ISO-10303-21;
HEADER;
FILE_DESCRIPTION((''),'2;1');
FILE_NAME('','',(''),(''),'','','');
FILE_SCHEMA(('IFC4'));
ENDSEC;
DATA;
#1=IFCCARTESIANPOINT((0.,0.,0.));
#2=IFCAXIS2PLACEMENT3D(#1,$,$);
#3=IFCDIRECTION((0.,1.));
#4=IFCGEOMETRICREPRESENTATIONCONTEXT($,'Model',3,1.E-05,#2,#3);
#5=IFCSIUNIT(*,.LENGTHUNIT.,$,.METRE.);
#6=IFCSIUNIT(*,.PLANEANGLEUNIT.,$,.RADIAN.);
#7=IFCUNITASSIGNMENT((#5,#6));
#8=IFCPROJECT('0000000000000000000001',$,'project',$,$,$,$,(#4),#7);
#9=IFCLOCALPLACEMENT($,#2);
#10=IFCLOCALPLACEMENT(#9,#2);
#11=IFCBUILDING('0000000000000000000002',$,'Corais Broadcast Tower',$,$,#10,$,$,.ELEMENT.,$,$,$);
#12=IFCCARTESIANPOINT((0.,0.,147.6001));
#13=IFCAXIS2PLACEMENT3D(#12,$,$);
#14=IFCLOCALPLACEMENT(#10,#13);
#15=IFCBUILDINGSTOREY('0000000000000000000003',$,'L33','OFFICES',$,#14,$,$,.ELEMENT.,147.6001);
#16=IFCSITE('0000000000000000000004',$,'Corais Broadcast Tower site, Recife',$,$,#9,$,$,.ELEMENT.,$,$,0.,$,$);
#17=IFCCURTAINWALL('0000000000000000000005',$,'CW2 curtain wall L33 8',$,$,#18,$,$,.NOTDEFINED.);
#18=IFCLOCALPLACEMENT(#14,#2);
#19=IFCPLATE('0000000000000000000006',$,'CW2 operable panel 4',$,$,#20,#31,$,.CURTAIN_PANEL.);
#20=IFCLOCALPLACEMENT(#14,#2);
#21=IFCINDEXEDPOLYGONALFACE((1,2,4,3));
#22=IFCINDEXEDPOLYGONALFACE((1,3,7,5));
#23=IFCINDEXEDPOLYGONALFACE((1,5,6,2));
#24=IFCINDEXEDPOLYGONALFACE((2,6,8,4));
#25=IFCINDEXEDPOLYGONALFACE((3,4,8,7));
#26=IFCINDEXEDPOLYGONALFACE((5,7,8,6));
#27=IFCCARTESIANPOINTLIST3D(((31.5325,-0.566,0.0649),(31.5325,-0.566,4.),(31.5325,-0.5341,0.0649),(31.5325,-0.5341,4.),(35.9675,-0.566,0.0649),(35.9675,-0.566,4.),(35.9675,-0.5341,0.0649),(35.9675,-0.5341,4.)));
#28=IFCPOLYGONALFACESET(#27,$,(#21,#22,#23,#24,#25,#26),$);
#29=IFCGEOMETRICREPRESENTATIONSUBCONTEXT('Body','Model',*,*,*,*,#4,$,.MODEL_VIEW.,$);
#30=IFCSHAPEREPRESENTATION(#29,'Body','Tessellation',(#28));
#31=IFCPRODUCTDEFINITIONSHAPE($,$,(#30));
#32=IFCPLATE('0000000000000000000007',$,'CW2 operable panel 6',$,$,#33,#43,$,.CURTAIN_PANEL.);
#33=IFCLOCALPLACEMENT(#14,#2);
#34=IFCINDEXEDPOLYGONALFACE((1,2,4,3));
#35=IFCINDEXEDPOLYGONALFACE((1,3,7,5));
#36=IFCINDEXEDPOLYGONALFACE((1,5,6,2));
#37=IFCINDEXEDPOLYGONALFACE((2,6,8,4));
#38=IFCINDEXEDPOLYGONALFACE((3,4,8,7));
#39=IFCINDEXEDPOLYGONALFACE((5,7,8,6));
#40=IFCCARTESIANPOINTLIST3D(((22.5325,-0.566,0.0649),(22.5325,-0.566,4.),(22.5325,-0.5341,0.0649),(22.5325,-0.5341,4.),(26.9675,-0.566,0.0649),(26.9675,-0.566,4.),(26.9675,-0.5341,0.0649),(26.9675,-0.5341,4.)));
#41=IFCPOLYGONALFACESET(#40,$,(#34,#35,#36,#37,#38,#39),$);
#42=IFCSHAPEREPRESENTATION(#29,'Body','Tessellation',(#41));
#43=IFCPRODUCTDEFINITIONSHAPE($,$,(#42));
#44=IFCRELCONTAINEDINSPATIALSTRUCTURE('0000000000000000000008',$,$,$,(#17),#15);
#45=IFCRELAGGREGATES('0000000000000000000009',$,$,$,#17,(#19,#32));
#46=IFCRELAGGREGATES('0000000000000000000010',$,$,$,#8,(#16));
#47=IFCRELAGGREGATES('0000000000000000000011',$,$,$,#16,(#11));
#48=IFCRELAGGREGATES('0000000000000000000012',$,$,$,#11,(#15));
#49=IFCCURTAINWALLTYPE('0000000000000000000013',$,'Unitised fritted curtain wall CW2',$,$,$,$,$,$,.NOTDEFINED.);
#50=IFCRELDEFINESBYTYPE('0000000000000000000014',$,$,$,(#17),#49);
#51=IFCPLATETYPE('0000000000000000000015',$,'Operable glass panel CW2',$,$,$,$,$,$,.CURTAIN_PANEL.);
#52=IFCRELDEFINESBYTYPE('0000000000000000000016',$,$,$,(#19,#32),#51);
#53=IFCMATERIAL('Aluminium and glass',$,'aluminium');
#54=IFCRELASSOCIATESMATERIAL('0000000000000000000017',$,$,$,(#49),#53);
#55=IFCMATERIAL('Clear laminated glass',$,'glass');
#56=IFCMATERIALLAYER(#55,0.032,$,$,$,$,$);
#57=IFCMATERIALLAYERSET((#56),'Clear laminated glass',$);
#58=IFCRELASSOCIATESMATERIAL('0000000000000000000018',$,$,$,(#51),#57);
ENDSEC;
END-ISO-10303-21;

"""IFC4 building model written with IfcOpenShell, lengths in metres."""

from ifc_helpers import new_model, si_unit, direction, frame, origin, origin_2d, place, context, subcontext, project, spatial, rectangle, extrude, material, layer, layer_set, type_object, element, aggregate, save


model = new_model("IFC4")

# Units and contexts
model_context = context("Model", 3, precision=1e-05, world=origin(), true_north=direction((0.0, 1.0)))
body_context = subcontext(model_context, "Body", "Model", "MODEL_VIEW")
ifc_project = project(units=[si_unit("LENGTHUNIT", "METRE"), si_unit("PLANEANGLEUNIT", "RADIAN")], contexts=[model_context])

# Site, building, storey
site_placement = place(None, origin())
site = spatial("IfcSite", under=ifc_project, at=site_placement, Name="Corais Broadcast Tower site, Recife", CompositionType="ELEMENT", RefElevation=0.0)
building_placement = place(site_placement, origin())
building = spatial("IfcBuilding", under=site, at=building_placement, Name="Corais Broadcast Tower", CompositionType="ELEMENT")
storey_placement = place(building_placement, frame((0.0, 0.0, 147.6001)))
storey = spatial("IfcBuildingStorey", under=building, at=storey_placement, Name="L33", Description="OFFICES", CompositionType="ELEMENT", Elevation=147.6001)

# Curtain wall
ifc_material_1 = material(Name="Aluminium and glass", Category="aluminium")
curtain_wall_type = type_object("IfcCurtainWallType", Name="Unitised fritted curtain wall CW2", PredefinedType="NOTDEFINED", material=ifc_material_1)
curtain_wall_placement = place(storey_placement, origin())
curtain_wall = element("IfcCurtainWall", 1, at=curtain_wall_placement, inside=storey, type_object=curtain_wall_type, Name="CW2 curtain wall L33 8", PredefinedType="NOTDEFINED")

# Plates
ifc_material_2 = material(Name="Clear laminated glass", Category="glass")
ifc_layer_1 = layer(ifc_material_2, 0.032)
ifc_layer_set_1 = layer_set([ifc_layer_1], Name="Clear laminated glass")
plate_type_1 = type_object("IfcPlateType", Name="Operable glass panel CW2", PredefinedType="CURTAIN_PANEL", material=ifc_layer_set_1)
plate_1_placement = place(storey_placement, frame((33.75, -0.55, 0.0649), z_axis=(0.0, 0.0, 1.0), x_axis=(-1.0, 0.0, 0.0)))
plate_1 = element("IfcPlate", 2, at=plate_1_placement, type_object=plate_type_1, Name="CW2 operable panel 4", PredefinedType="CURTAIN_PANEL", context=body_context, shape_type="SweptSolid", body=[
    extrude(rectangle(XDim=4.4351, YDim=0.032, at=origin_2d()), origin(), (0.0, 0.0, 1.0), 3.9351),
])
plate_2_placement = place(storey_placement, frame((24.75, -0.55, 0.0649), z_axis=(0.0, 0.0, 1.0), x_axis=(-1.0, 0.0, 0.0)))
plate_2 = element("IfcPlate", 3, at=plate_2_placement, type_object=plate_type_1, Name="CW2 operable panel 6", PredefinedType="CURTAIN_PANEL", context=body_context, shape_type="SweptSolid", body=[
    extrude(rectangle(XDim=4.4351, YDim=0.032, at=origin_2d()), origin(), (0.0, 0.0, 1.0), 3.9351),
])
aggregate(curtain_wall, [plate_1, plate_2])

save(model, "model.ifc")
